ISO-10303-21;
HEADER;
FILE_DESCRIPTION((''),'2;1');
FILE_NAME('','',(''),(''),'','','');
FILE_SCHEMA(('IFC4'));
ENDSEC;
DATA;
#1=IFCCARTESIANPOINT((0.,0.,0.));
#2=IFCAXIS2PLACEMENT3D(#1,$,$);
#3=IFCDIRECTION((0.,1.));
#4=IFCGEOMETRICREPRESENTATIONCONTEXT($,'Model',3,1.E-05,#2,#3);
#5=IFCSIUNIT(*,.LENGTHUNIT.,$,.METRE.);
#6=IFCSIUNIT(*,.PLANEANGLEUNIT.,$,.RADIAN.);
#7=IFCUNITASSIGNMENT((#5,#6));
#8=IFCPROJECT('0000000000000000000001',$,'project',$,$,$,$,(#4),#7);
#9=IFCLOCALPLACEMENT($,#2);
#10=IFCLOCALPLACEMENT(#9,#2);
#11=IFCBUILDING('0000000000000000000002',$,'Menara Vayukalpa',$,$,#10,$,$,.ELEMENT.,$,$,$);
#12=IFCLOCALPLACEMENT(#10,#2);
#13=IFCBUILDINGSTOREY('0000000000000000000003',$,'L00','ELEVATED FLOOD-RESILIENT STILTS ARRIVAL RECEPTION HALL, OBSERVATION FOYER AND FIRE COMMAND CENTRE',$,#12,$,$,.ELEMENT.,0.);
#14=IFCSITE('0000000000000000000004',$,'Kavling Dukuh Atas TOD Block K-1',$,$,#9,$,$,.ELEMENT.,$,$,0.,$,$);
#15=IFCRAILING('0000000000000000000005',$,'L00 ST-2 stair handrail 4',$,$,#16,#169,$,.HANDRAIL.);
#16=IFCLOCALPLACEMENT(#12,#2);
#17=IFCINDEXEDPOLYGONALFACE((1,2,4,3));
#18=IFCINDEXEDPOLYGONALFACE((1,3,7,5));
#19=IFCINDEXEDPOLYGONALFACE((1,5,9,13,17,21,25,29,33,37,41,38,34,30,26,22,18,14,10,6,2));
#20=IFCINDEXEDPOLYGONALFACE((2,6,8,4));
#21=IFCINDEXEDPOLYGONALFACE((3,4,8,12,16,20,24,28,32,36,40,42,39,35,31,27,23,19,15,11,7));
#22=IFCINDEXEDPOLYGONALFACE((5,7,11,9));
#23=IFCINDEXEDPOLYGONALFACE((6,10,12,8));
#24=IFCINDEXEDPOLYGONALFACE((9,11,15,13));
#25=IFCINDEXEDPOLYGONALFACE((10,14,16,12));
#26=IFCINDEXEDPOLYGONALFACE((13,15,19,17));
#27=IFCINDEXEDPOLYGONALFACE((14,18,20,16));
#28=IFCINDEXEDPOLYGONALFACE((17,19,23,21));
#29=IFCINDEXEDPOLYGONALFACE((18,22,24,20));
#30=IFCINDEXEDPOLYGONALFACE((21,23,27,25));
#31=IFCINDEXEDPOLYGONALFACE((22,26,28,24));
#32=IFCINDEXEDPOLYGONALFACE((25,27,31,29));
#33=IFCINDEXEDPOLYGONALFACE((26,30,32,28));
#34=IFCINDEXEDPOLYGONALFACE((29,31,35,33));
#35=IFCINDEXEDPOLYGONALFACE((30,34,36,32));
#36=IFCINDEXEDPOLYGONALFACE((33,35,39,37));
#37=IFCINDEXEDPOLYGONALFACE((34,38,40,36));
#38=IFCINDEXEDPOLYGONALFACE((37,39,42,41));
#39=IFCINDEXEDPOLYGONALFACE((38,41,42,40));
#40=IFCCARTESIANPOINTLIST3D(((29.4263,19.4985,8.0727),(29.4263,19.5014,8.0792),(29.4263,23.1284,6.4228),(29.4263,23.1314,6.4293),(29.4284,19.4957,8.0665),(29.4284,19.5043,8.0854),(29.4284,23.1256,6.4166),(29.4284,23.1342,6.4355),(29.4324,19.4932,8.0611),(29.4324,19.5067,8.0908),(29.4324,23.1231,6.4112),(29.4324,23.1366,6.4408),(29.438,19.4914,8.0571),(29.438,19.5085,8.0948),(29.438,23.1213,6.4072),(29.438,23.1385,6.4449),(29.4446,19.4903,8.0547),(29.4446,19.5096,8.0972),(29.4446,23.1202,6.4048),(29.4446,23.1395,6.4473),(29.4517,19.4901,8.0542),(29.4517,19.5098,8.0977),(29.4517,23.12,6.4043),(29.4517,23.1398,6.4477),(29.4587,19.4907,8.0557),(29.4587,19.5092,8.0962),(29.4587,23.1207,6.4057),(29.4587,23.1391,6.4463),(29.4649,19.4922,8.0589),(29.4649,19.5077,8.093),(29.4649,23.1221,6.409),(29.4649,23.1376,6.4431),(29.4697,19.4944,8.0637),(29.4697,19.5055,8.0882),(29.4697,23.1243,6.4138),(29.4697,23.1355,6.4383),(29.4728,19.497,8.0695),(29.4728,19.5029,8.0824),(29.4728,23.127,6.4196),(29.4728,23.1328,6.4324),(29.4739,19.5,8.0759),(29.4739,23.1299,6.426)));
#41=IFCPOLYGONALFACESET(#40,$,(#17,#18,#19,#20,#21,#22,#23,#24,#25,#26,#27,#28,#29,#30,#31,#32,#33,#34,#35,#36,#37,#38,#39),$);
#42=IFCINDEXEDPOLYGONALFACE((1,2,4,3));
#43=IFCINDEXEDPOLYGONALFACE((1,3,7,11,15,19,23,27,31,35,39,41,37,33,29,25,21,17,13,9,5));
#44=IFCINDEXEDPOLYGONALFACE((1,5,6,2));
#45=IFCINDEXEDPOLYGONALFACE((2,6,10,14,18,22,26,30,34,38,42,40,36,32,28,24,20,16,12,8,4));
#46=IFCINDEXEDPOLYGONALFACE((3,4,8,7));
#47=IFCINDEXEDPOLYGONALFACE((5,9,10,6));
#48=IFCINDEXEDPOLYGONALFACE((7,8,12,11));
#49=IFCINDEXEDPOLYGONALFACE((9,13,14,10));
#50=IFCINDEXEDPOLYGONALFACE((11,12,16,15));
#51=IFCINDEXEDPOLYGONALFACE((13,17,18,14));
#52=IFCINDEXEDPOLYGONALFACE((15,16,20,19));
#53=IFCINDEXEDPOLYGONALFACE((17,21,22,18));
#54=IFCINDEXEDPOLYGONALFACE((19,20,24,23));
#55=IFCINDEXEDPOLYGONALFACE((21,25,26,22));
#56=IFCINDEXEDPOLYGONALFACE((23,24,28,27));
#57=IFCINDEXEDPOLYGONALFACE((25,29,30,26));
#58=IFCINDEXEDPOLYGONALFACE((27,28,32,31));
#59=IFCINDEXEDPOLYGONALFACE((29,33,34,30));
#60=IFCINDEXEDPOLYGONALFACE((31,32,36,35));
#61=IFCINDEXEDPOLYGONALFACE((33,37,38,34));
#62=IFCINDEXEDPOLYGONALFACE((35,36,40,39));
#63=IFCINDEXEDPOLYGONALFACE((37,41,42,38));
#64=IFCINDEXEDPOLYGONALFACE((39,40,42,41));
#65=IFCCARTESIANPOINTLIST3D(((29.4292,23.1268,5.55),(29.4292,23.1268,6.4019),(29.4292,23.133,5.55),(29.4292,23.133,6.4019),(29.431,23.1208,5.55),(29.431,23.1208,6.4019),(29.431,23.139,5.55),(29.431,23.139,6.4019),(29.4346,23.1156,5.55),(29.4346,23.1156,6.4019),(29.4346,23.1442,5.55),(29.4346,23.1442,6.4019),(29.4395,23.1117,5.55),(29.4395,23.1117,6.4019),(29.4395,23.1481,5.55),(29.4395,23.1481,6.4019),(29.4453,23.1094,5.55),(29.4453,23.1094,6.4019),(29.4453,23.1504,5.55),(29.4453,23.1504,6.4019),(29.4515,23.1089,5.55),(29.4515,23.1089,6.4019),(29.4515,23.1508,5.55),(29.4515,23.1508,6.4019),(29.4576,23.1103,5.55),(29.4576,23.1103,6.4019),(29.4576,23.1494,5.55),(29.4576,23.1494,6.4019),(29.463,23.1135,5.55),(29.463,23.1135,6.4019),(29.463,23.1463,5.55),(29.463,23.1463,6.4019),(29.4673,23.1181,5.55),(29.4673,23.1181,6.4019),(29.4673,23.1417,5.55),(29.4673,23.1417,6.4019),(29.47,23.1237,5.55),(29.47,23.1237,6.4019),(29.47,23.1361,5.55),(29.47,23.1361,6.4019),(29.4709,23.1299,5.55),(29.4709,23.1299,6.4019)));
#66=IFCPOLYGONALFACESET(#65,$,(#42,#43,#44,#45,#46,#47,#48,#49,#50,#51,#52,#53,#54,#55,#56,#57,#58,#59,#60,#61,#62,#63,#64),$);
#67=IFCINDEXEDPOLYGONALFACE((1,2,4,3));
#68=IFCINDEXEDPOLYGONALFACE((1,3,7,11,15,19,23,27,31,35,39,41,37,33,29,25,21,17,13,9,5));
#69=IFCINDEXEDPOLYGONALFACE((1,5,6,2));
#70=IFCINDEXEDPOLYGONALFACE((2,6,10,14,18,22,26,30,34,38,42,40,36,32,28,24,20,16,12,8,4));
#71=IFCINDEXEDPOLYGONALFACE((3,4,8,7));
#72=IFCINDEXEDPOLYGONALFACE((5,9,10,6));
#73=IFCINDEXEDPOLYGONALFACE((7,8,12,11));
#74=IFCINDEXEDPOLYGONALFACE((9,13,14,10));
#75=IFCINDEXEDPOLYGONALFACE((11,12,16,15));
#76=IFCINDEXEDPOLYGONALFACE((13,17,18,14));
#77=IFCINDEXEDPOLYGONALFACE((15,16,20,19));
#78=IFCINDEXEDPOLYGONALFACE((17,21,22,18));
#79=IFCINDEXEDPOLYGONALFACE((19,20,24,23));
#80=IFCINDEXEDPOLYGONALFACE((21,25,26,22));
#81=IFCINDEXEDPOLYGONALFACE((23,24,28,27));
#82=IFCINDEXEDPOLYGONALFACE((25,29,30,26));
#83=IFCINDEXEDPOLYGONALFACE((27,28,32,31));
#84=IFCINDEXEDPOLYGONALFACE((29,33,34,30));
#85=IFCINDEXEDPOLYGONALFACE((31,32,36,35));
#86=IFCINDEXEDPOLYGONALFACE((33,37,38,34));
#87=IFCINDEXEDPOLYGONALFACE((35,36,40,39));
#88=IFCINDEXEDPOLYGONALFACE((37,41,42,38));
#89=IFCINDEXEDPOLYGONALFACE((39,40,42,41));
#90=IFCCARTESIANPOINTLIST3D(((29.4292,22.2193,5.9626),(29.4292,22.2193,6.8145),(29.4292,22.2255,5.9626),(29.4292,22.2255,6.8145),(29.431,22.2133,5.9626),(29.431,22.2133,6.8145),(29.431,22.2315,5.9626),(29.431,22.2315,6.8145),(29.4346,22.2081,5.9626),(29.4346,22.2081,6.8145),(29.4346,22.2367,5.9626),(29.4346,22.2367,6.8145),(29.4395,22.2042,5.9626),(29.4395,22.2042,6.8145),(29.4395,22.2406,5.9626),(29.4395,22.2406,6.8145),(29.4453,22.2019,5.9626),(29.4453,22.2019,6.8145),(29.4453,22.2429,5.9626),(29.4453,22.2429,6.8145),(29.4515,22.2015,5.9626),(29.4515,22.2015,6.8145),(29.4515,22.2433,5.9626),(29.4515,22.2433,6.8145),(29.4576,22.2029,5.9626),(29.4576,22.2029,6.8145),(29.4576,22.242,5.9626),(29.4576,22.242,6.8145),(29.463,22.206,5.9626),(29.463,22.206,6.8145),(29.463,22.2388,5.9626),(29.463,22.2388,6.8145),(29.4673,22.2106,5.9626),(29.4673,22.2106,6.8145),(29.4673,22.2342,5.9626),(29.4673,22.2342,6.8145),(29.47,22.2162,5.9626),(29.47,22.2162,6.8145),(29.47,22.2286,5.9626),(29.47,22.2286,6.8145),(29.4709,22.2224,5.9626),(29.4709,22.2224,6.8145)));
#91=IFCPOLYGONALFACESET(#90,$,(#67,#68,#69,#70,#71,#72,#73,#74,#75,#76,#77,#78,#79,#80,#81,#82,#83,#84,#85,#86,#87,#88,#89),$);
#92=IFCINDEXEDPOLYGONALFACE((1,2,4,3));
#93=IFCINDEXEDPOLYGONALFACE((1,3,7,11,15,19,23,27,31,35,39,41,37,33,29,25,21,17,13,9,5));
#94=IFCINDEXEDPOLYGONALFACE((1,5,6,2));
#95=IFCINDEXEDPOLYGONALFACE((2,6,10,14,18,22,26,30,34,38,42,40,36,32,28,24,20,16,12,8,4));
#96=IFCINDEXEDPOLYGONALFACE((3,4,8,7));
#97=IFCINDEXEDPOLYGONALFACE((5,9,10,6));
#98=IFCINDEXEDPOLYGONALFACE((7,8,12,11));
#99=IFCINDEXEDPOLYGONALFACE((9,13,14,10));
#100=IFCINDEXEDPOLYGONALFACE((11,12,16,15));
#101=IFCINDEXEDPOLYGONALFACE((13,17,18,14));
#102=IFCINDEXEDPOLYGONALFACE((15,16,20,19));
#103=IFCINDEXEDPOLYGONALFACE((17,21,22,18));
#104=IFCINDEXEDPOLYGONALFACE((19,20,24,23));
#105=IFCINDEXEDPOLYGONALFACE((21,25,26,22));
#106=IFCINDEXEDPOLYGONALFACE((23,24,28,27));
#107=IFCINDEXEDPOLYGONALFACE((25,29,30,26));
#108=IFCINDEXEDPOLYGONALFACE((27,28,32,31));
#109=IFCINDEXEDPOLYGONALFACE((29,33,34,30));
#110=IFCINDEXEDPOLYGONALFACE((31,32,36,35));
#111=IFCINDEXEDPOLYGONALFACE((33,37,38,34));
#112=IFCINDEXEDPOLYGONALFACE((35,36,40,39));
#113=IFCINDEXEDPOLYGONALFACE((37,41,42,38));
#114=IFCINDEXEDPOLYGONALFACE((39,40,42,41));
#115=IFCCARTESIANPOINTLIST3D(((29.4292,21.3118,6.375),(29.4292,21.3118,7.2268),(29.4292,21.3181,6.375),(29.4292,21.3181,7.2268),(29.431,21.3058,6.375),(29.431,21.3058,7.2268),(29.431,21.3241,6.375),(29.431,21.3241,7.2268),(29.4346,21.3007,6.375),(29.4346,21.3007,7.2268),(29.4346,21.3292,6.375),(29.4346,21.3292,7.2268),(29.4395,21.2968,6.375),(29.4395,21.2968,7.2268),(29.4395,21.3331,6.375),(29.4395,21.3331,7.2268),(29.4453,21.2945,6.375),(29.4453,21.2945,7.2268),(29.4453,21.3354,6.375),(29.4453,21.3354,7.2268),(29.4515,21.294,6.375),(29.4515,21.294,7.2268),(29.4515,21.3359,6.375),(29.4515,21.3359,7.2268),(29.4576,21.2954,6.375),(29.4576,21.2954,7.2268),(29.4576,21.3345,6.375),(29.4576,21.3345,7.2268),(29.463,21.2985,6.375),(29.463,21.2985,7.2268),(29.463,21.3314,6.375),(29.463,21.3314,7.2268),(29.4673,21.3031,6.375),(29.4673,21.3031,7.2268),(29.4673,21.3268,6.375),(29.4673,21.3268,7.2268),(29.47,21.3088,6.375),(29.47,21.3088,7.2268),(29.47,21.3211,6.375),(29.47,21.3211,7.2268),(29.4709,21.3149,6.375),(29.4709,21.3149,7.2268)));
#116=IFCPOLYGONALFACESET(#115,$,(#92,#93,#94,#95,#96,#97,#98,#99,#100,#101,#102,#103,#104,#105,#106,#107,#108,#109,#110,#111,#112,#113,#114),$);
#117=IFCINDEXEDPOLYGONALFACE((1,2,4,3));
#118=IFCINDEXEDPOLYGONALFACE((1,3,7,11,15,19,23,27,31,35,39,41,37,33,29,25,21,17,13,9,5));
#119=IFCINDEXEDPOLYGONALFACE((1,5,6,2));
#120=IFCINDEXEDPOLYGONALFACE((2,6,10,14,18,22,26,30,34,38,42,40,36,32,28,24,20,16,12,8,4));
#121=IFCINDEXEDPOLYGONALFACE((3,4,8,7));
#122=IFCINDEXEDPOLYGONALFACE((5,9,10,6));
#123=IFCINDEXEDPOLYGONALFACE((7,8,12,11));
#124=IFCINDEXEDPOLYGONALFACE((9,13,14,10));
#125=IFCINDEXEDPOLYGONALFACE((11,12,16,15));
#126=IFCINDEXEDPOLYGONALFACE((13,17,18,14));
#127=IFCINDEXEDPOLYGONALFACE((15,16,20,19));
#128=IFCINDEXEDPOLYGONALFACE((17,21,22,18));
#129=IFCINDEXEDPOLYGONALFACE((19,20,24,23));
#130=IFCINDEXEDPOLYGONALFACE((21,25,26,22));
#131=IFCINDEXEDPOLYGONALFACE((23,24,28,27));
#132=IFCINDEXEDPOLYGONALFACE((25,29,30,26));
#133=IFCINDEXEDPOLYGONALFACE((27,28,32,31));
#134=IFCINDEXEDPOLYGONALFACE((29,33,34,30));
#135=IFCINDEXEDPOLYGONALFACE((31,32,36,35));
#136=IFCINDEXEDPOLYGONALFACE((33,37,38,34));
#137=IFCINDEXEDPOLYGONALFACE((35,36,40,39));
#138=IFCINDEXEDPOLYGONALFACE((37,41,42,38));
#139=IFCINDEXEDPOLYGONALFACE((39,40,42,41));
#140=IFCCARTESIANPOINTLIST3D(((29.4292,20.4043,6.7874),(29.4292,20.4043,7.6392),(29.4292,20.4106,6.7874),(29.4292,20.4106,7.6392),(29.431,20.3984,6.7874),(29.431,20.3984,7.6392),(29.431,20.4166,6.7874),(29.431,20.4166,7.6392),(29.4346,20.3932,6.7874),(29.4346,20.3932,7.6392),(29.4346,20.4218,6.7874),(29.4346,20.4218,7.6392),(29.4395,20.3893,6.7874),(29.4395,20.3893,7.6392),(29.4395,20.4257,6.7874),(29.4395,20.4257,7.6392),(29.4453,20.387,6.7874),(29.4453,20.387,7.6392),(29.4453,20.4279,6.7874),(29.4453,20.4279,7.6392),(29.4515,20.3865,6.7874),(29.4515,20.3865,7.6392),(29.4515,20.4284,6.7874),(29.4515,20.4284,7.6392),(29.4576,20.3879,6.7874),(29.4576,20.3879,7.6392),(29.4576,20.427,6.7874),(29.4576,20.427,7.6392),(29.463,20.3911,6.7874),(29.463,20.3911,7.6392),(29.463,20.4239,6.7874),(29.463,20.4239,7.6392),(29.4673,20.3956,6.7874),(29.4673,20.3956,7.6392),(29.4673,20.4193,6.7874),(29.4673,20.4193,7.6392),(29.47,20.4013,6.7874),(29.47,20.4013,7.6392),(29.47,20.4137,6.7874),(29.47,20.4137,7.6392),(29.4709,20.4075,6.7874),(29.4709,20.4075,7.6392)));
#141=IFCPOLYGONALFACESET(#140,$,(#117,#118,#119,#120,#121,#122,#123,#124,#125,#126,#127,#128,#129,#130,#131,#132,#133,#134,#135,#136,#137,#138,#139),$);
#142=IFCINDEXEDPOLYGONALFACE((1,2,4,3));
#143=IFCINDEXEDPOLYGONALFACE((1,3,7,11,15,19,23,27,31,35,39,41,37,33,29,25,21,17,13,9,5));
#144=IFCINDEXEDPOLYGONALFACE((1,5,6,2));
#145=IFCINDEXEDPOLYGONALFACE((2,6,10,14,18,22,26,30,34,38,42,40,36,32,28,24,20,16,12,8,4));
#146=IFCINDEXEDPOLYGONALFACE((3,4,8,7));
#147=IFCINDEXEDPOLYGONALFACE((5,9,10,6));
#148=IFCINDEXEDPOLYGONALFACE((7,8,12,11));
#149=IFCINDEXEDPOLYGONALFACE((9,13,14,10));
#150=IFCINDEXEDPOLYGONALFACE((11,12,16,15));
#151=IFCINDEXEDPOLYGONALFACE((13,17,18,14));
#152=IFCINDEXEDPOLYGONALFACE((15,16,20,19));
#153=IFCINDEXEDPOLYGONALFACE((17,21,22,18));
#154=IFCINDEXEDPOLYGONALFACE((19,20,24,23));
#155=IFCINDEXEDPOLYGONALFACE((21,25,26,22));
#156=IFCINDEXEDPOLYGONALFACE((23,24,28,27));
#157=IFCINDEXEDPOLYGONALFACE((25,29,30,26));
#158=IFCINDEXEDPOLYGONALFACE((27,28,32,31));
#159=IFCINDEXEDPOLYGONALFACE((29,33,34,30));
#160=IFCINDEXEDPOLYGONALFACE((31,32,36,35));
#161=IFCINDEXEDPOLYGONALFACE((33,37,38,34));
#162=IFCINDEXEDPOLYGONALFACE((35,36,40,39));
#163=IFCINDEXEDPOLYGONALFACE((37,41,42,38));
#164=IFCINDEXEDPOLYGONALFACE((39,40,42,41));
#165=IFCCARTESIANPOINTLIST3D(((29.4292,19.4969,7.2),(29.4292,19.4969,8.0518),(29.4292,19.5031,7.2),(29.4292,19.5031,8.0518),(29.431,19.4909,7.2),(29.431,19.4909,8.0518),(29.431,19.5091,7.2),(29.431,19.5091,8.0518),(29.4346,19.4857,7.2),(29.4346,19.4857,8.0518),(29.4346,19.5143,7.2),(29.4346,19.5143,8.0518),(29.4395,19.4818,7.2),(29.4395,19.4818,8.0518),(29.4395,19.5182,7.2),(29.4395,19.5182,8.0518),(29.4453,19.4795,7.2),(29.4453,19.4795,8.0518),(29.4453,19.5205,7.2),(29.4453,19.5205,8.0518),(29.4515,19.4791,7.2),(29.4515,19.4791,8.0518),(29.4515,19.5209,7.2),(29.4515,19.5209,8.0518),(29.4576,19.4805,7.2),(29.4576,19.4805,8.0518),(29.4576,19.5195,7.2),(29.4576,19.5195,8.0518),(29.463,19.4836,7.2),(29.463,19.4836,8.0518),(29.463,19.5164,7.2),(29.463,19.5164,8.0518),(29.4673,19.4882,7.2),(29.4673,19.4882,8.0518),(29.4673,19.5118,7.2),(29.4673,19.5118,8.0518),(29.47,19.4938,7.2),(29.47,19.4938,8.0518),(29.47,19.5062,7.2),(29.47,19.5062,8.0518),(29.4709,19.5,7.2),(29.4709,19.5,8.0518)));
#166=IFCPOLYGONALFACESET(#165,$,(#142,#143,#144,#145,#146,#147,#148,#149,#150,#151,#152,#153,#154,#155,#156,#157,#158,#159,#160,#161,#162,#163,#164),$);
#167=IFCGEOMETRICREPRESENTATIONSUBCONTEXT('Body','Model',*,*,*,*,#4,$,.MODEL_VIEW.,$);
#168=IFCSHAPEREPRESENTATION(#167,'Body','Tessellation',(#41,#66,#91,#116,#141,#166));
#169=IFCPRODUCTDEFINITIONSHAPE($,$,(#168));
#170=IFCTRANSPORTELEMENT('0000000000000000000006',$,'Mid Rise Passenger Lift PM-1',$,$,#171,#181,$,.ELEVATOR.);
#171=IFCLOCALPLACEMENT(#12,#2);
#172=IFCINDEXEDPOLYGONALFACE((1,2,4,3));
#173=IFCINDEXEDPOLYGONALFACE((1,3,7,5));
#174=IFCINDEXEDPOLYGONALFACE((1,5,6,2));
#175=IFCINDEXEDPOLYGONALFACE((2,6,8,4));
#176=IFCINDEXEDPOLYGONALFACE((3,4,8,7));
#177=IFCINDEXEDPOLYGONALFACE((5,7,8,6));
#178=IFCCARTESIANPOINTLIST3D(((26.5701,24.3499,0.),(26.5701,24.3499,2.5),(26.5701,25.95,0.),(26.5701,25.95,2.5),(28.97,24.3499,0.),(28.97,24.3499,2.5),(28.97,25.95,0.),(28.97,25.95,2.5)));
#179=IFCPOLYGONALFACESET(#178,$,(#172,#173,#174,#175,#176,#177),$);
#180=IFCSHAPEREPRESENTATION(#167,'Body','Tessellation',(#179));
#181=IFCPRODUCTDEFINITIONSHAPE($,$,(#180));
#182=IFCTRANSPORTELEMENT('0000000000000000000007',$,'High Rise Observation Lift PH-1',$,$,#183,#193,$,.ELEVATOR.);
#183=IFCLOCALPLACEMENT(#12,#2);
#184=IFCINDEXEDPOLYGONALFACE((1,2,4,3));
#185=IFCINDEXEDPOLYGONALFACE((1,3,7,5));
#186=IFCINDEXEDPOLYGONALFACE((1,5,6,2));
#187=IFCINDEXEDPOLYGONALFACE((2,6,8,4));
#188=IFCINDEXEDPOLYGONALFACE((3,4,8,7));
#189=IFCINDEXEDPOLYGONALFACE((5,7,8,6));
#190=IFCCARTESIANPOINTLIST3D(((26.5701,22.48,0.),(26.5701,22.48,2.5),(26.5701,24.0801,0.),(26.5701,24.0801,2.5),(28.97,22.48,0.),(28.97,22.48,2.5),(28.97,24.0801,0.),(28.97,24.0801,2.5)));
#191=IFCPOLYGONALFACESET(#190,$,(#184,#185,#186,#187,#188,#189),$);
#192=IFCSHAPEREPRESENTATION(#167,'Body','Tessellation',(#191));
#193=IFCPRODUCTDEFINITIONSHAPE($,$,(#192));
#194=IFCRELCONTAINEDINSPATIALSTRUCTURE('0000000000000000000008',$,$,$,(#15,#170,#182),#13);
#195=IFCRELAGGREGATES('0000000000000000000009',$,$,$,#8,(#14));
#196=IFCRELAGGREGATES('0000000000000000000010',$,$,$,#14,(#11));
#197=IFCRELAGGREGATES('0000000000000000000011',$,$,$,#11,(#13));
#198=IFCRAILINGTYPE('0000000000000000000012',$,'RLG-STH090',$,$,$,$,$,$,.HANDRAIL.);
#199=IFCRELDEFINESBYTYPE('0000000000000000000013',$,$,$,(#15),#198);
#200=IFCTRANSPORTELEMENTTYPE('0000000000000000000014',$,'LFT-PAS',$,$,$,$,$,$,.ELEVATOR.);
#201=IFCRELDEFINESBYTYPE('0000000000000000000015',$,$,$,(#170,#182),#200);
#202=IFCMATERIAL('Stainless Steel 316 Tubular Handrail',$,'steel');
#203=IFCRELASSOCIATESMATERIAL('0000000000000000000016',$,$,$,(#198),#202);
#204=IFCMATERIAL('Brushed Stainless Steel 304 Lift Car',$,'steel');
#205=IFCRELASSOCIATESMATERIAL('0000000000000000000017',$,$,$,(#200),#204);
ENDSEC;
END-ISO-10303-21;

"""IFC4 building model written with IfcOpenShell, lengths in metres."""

from ifc_helpers import new_model, si_unit, direction, frame, origin, origin_2d, place, context, subcontext, project, spatial, rectangle, circle, extrude, material, type_object, element, save


model = new_model("IFC4")

# Units and contexts
model_context = context("Model", 3, precision=1e-05, world=origin(), true_north=direction((0.0, 1.0)))
body_context = subcontext(model_context, "Body", "Model", "MODEL_VIEW")
ifc_project = project(units=[si_unit("LENGTHUNIT", "METRE"), si_unit("PLANEANGLEUNIT", "RADIAN")], contexts=[model_context])

# Site, building, storey
site_placement = place(None, origin())
site = spatial("IfcSite", under=ifc_project, at=site_placement, Name="Kavling Dukuh Atas TOD Block K-1", CompositionType="ELEMENT", RefElevation=0.0)
building_placement = place(site_placement, origin())
building = spatial("IfcBuilding", under=site, at=building_placement, Name="Menara Vayukalpa", CompositionType="ELEMENT")
storey_placement = place(building_placement, origin())
storey = spatial("IfcBuildingStorey", under=building, at=storey_placement, Name="L00", Description="ELEVATED FLOOD-RESILIENT STILTS ARRIVAL RECEPTION HALL, OBSERVATION FOYER AND FIRE COMMAND CENTRE", CompositionType="ELEMENT", Elevation=0.0)

# Railing
ifc_material_1 = material(Name="Stainless Steel 316 Tubular Handrail", Category="steel")
railing_type_1 = type_object("IfcRailingType", Name="RLG-STH090", PredefinedType="HANDRAIL", material=ifc_material_1)
railing_1_placement = place(storey_placement, frame((29.45, 23.1299, 5.55)))
element("IfcRailing", 1, at=railing_1_placement, inside=storey, type_object=railing_type_1, Name="L00 ST-2 stair handrail 4", PredefinedType="HANDRAIL", context=body_context, shape_type="SweptSolid", body=[
    extrude(circle(Radius=0.0239, at=origin_2d()), frame((0.0, 0.0, 0.876), z_axis=(0.0, -0.910371, 0.413794), x_axis=(1.0, 0.0, 0.0)), (0.0, 0.0, 1.0), 3.9873),
    extrude(circle(Radius=0.021, at=origin_2d()), origin(), (0.0, 0.0, 1.0), 0.8518),
    extrude(circle(Radius=0.021, at=origin_2d()), frame((0.0, -0.9075, 0.4126)), (0.0, 0.0, 1.0), 0.8518),
    extrude(circle(Radius=0.021, at=origin_2d()), frame((0.0, -1.8149, 0.825)), (0.0, 0.0, 1.0), 0.8518),
    extrude(circle(Radius=0.021, at=origin_2d()), frame((0.0, -2.7224, 1.2373)), (0.0, 0.0, 1.0), 0.8518),
    extrude(circle(Radius=0.021, at=origin_2d()), frame((0.0, -3.6299, 1.6499)), (0.0, 0.0, 1.0), 0.8518),
])

# Transport elements
ifc_material_2 = material(Name="Brushed Stainless Steel 304 Lift Car", Category="steel")
transport_element_type = type_object("IfcTransportElementType", Name="LFT-PAS", PredefinedType="ELEVATOR", material=ifc_material_2)
for number, where, z_axis, x_axis, name in (
    (2, (27.77, 25.1499, 0.0), (0.0, 0.0, 1.0), (1.0, 0.0, 0.0), "Mid Rise Passenger Lift PM-1"),
    (3, (27.77, 23.28, 0.0), (0.0, 0.0, 1.0), (1.0, 0.0, 0.0), "High Rise Observation Lift PH-1"),
):
    element("IfcTransportElement", number, at=place(storey_placement, frame(where, z_axis=z_axis, x_axis=x_axis)), inside=storey, type_object=transport_element_type, Name=name, PredefinedType="ELEVATOR", context=body_context, shape_type="SweptSolid", body=[
        extrude(rectangle(XDim=2.3999, YDim=1.6001, at=origin_2d()), origin(), (0.0, 0.0, 1.0), 2.5),
    ])

save(model, "model.ifc")
